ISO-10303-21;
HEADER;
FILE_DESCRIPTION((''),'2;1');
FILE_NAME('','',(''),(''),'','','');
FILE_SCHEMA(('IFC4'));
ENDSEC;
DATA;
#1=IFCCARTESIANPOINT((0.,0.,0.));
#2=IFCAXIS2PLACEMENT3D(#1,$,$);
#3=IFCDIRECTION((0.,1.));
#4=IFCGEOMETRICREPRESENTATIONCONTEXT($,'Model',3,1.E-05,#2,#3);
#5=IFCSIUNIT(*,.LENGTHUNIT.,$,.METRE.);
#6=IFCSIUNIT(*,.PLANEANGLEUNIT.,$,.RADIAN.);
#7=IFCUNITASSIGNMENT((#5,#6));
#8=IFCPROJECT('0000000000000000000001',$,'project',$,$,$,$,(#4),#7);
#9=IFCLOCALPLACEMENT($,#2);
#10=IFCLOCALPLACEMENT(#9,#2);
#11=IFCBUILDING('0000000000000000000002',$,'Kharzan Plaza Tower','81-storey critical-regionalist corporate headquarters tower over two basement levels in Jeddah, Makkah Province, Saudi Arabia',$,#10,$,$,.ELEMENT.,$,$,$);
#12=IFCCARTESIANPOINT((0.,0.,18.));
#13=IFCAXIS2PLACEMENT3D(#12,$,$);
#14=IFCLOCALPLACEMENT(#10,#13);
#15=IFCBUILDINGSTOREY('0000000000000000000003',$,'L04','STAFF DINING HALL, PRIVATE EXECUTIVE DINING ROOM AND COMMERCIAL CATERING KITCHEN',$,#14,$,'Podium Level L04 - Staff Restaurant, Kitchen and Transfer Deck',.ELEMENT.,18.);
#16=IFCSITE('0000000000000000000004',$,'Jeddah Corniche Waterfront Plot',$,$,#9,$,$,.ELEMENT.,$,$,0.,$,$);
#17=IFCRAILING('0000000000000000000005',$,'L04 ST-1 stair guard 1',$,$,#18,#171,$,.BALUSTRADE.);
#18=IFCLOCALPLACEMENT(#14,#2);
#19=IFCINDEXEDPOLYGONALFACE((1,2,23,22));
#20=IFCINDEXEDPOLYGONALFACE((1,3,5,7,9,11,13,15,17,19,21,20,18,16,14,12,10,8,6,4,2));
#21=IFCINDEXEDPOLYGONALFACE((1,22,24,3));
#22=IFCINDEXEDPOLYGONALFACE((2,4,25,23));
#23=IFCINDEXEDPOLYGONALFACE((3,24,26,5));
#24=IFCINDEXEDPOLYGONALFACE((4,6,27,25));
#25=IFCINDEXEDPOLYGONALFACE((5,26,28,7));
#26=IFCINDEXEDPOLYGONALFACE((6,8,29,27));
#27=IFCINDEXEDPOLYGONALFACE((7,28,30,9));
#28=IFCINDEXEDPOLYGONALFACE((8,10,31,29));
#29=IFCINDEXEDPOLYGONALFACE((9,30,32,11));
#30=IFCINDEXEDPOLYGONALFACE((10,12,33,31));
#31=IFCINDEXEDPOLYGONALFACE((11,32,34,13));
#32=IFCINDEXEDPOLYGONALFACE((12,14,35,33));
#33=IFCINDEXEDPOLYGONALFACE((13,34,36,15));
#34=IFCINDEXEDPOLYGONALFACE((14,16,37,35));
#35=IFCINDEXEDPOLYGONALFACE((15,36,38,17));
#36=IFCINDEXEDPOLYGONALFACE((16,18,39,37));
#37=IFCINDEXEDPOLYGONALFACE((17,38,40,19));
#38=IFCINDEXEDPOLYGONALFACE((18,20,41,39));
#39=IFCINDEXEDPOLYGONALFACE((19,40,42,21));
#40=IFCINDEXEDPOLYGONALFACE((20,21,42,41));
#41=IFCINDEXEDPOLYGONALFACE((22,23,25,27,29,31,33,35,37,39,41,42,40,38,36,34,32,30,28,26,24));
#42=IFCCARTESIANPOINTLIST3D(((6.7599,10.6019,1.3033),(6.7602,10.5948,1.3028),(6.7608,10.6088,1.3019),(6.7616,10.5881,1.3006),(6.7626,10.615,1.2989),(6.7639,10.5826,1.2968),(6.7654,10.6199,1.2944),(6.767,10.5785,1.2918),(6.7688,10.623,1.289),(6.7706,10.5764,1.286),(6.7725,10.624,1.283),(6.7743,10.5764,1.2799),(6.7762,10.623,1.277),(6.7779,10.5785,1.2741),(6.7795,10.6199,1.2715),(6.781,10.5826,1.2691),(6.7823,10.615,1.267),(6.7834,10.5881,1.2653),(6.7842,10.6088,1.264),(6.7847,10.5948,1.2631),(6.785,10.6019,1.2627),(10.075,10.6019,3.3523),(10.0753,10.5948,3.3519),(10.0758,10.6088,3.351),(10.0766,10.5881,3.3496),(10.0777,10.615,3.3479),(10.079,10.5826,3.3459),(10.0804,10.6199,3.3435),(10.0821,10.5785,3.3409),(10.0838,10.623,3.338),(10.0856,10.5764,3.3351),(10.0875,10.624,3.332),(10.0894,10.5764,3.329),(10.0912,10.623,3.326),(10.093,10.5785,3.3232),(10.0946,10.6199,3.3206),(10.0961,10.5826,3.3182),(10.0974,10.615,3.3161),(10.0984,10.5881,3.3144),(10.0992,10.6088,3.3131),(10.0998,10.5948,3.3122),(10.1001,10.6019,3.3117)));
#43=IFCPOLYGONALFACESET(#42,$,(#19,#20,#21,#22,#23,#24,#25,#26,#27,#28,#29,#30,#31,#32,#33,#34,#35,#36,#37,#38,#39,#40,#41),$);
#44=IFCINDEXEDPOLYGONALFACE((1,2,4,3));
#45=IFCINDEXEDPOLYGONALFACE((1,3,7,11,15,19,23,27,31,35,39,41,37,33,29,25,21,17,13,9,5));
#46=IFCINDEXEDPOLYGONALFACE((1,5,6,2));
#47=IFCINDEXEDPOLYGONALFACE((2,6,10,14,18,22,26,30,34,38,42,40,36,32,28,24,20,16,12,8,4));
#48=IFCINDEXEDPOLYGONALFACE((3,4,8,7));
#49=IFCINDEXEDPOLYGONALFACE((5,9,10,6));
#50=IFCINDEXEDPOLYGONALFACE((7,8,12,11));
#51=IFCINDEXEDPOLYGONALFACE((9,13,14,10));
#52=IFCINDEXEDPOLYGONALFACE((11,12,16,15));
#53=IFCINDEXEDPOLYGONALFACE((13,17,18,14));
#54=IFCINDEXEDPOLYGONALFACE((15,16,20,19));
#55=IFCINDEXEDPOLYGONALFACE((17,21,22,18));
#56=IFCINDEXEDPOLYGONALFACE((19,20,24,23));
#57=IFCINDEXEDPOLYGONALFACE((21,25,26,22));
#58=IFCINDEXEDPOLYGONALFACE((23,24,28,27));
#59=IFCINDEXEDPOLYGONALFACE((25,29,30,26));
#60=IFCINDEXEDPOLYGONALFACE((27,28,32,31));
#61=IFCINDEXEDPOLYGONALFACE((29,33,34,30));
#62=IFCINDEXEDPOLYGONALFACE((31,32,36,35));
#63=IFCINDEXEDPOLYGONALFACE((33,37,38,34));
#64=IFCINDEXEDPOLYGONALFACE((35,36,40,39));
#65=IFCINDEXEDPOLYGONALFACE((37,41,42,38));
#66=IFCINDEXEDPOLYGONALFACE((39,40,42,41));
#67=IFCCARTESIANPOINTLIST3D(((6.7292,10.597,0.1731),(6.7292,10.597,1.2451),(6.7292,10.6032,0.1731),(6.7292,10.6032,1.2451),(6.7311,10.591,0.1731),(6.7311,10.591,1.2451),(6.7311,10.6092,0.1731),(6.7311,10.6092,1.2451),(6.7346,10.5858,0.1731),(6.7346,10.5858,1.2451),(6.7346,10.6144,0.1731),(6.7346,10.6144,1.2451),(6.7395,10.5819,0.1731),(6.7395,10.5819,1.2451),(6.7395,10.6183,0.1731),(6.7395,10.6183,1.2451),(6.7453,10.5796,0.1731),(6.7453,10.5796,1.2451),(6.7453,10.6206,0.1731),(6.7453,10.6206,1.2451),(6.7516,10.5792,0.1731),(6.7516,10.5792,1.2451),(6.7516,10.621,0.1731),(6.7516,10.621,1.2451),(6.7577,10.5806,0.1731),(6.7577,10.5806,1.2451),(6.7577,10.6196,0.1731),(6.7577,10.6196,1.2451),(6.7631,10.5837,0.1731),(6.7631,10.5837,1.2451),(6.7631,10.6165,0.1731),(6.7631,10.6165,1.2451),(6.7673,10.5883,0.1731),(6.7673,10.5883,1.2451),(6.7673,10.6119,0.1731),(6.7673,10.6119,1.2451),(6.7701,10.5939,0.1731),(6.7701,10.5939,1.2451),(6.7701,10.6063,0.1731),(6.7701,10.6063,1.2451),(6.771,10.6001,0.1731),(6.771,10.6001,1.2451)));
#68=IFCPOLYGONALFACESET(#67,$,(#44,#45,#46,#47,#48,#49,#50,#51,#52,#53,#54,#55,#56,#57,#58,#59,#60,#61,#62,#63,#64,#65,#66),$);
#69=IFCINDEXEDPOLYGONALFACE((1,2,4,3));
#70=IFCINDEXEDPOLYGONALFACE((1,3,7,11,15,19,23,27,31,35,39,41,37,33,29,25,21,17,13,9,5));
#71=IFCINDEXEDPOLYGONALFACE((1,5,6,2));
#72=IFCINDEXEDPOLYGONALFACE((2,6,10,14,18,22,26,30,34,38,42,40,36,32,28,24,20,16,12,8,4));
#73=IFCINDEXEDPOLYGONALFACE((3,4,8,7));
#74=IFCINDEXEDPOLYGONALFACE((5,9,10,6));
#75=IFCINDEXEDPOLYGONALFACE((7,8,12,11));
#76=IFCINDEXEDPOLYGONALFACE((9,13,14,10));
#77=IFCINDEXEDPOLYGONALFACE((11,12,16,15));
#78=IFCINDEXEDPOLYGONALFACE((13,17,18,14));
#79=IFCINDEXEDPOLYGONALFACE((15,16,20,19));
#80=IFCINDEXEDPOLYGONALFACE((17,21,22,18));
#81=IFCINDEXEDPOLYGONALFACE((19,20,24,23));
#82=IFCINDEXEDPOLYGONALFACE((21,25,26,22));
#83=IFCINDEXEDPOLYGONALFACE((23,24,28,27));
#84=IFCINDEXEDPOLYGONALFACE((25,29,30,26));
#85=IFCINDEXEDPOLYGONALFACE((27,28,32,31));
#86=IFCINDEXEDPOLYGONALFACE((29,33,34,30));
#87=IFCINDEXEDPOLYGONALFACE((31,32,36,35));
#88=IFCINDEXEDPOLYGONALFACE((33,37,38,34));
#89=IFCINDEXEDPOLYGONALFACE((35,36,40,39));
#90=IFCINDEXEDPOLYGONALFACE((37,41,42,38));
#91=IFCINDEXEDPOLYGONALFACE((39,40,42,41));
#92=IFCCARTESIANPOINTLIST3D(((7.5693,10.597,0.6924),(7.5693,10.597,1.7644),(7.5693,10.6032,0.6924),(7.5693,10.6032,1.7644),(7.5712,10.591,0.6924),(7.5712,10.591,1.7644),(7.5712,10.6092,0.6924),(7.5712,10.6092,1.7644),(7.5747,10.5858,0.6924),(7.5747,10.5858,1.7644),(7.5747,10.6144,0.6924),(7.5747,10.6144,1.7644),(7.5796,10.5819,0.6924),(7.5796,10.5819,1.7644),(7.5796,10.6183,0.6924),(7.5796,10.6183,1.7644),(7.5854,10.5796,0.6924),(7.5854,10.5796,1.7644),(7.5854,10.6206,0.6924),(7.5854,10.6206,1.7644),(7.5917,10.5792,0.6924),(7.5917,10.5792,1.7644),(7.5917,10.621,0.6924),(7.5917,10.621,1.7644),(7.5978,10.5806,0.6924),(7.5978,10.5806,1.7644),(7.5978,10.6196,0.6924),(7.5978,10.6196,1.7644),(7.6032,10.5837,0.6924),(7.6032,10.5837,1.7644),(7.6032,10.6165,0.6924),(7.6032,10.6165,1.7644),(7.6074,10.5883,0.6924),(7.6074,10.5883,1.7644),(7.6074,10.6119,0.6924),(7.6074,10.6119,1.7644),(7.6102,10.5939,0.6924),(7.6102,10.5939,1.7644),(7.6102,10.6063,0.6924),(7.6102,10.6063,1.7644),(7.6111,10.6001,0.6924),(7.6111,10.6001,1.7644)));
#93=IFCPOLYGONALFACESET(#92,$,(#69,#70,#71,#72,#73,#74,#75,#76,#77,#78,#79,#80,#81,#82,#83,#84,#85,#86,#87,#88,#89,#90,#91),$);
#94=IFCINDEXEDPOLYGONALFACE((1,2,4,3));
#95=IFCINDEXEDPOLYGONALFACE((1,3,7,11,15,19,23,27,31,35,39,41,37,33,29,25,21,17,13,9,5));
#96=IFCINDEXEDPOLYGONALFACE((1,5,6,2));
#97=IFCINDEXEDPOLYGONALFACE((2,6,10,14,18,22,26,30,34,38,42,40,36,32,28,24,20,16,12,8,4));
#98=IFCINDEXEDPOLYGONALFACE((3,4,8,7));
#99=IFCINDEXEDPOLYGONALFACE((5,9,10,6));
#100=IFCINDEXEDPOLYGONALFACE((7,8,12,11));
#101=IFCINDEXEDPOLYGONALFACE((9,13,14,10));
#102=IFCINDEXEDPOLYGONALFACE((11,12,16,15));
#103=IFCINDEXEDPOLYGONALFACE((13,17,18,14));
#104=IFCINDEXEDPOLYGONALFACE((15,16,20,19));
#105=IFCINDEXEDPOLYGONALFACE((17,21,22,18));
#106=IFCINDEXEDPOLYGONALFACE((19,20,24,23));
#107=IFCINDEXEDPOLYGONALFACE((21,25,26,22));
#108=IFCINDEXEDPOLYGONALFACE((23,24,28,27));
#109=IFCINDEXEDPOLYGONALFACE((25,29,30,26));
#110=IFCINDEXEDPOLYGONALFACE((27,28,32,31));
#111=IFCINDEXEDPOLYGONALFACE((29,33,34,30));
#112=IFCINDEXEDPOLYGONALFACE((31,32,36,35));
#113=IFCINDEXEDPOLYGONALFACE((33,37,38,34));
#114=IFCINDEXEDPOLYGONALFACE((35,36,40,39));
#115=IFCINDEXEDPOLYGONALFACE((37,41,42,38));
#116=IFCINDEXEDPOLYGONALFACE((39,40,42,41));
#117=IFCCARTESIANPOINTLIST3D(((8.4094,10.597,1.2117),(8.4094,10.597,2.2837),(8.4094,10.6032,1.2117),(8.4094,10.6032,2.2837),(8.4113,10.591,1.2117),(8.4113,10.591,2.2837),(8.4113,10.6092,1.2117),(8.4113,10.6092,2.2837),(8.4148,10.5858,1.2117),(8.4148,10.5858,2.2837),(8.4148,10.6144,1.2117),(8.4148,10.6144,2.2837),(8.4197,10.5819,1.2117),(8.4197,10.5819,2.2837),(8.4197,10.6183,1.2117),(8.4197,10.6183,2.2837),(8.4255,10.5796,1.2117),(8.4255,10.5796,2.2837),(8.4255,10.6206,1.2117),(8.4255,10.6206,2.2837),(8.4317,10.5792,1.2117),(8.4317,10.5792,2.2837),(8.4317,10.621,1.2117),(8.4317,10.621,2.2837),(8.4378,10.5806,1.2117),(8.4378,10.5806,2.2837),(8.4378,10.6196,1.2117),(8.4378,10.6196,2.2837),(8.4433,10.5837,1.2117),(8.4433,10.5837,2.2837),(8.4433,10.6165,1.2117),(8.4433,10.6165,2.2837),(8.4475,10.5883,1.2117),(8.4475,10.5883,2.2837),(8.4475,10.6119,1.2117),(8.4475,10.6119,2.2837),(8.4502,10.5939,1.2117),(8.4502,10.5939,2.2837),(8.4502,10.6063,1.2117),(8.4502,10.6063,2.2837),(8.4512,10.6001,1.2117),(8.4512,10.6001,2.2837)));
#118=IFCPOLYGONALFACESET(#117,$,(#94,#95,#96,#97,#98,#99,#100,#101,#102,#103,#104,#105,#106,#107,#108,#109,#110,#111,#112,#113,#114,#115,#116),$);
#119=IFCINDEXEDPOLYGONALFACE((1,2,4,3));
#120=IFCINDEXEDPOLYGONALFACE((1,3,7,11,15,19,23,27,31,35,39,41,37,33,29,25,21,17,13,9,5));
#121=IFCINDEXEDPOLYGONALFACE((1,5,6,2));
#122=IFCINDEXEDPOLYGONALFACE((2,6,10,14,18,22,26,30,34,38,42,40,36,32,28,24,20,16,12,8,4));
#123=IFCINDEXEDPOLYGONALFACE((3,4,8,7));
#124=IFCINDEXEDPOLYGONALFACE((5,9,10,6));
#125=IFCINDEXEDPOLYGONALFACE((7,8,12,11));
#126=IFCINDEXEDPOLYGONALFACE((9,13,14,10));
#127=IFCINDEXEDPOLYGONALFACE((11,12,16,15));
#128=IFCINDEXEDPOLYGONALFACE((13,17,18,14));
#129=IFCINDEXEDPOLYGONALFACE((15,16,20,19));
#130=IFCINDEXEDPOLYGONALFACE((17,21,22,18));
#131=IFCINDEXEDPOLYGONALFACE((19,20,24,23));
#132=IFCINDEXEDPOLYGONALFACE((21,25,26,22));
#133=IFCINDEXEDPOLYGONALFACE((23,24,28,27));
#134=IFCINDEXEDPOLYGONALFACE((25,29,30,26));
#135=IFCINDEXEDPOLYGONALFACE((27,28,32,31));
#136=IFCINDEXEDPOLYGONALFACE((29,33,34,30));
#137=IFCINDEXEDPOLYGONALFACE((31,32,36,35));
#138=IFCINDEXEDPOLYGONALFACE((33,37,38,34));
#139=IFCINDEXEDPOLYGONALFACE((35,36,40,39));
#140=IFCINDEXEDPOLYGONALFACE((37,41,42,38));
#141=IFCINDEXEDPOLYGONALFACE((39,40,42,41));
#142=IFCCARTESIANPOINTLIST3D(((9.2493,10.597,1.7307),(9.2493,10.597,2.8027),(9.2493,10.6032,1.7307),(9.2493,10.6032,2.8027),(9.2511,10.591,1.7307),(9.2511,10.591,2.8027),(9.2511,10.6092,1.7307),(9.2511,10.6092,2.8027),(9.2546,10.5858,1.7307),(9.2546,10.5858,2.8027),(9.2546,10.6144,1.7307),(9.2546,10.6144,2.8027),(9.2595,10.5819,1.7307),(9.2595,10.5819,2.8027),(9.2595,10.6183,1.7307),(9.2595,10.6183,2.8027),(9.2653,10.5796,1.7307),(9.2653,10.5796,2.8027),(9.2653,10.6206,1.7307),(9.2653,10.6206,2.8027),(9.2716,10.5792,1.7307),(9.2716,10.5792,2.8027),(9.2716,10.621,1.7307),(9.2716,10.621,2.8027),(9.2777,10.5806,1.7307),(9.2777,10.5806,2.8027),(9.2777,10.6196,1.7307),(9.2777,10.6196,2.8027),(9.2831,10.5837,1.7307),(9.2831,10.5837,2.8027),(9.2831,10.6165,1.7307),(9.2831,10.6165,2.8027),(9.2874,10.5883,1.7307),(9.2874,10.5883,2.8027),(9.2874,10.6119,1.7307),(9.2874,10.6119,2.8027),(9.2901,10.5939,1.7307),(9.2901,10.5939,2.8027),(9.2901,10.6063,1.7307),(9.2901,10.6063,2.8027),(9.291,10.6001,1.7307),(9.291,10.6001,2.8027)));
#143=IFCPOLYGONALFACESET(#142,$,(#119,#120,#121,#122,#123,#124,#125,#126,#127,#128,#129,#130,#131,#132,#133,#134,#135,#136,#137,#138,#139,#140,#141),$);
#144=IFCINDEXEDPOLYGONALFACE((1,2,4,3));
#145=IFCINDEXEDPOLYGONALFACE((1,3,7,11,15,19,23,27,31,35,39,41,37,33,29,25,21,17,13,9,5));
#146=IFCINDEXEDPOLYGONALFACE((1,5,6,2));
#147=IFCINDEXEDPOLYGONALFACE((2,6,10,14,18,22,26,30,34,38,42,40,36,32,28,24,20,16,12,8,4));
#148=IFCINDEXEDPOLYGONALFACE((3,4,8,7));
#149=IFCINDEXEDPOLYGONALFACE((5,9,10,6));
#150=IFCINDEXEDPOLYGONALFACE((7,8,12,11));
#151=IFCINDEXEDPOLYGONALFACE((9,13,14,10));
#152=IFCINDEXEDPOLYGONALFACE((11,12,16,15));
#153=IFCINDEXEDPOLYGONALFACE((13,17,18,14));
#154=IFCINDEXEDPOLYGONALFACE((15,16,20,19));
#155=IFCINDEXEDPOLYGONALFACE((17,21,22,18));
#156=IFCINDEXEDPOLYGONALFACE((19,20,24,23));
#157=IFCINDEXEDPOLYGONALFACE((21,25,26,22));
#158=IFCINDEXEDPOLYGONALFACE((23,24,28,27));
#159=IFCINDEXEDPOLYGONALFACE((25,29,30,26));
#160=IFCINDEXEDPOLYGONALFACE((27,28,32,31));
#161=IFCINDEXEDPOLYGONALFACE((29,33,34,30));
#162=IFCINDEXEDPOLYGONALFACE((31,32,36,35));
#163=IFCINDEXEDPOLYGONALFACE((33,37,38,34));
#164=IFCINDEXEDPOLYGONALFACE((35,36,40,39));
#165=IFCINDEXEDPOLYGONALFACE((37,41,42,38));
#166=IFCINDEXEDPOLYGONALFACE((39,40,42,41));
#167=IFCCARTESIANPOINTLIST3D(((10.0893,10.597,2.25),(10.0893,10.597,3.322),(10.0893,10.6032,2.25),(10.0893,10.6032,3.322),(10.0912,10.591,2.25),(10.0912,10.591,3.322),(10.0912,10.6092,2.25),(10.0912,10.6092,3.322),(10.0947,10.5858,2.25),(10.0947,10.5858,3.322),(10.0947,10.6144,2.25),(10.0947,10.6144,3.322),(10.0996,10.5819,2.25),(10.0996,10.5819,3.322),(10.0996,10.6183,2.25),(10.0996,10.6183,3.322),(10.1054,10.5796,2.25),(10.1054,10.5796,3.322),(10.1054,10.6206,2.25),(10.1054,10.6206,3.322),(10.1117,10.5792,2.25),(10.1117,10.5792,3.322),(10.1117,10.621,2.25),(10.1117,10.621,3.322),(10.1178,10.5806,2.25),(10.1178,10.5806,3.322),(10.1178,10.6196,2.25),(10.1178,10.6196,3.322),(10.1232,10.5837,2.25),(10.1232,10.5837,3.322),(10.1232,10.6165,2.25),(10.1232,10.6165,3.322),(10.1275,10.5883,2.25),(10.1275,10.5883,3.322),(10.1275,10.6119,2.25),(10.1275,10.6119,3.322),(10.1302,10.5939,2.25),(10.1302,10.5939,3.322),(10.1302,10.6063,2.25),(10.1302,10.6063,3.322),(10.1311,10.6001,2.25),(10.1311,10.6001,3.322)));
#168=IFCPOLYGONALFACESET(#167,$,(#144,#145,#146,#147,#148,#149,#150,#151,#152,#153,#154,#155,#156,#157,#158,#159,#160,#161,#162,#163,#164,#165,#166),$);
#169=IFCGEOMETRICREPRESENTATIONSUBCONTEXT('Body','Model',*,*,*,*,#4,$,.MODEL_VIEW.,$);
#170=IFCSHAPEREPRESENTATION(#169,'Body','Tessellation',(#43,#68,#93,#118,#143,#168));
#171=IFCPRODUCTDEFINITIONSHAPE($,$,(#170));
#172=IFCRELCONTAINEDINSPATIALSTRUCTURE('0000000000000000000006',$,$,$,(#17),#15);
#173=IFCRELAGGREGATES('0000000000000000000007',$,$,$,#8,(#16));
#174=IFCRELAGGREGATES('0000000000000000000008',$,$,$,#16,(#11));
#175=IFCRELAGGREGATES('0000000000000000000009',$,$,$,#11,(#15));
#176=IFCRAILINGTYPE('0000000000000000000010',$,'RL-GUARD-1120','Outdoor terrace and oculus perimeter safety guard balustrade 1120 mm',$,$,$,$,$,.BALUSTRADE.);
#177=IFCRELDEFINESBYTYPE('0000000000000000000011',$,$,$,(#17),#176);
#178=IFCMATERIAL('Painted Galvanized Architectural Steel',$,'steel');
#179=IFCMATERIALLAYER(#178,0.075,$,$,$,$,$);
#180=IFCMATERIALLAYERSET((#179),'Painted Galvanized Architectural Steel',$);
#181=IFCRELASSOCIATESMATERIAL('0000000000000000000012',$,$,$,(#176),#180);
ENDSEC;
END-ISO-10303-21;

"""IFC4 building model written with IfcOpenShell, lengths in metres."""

from ifc_helpers import new_model, si_unit, direction, frame, origin, origin_2d, place, context, subcontext, project, spatial, circle, extrude, source, transform, mapped, material, layer, layer_set, type_object, element, save


model = new_model("IFC4")

# Units and contexts
model_context = context("Model", 3, precision=1e-05, world=origin(), true_north=direction((0.0, 1.0)))
body_context = subcontext(model_context, "Body", "Model", "MODEL_VIEW")
ifc_project = project(units=[si_unit("LENGTHUNIT", "METRE"), si_unit("PLANEANGLEUNIT", "RADIAN")], contexts=[model_context])

# Site, building, storey
site_placement = place(None, origin())
site = spatial("IfcSite", under=ifc_project, at=site_placement, Name="Jeddah Corniche Waterfront Plot", CompositionType="ELEMENT", RefElevation=0.0)
building_placement = place(site_placement, origin())
building = spatial("IfcBuilding", under=site, at=building_placement, Name="Kharzan Plaza Tower", Description="81-storey critical-regionalist corporate headquarters tower over two basement levels in Jeddah, Makkah Province, Saudi Arabia", CompositionType="ELEMENT")
storey_placement = place(building_placement, frame((0.0, 0.0, 18.0)))
storey = spatial("IfcBuildingStorey", under=building, at=storey_placement, Name="L04", Description="STAFF DINING HALL, PRIVATE EXECUTIVE DINING ROOM AND COMMERCIAL CATERING KITCHEN", LongName="Podium Level L04 - Staff Restaurant, Kitchen and Transfer Deck", CompositionType="ELEMENT", Elevation=18.0)

# Railing
ifc_material_1 = material(Name="Painted Galvanized Architectural Steel", Category="steel")
ifc_layer_1 = layer(ifc_material_1, 0.075)
ifc_layer_set_1 = layer_set([ifc_layer_1], Name="Painted Galvanized Architectural Steel")
railing_type_1 = type_object("IfcRailingType", Name="RL-GUARD-1120", Description="Outdoor terrace and oculus perimeter safety guard balustrade 1120 mm", PredefinedType="BALUSTRADE", material=ifc_layer_set_1)
shared_shape_1 = source(origin(), body_context, "Body", "SweptSolid", [
    extrude(circle(Radius=0.0239, at=origin_2d()), frame((0.0225, 0.0, 1.1099), z_axis=(0.850623, 0.0, 0.525776), x_axis=(0.0, 1.0, 0.0)), (0.0, 0.0, 1.0), 3.8972),
    extrude(circle(Radius=0.021, at=origin_2d()), origin(), (0.0, 0.0, 1.0), 1.072),
    extrude(circle(Radius=0.021, at=origin_2d()), frame((0.8401, 0.0, 0.5193)), (0.0, 0.0, 1.0), 1.072),
    extrude(circle(Radius=0.021, at=origin_2d()), frame((1.6802, 0.0, 1.0386)), (0.0, 0.0, 1.0), 1.072),
    extrude(circle(Radius=0.021, at=origin_2d()), frame((2.52, 0.0, 1.5576)), (0.0, 0.0, 1.0), 1.072),
    extrude(circle(Radius=0.021, at=origin_2d()), frame((3.3601, 0.0, 2.0769)), (0.0, 0.0, 1.0), 1.072),
])
railing_1_placement = place(storey_placement, frame((6.75, 10.6001, 0.1731)))
element("IfcRailing", 1, at=railing_1_placement, inside=storey, type_object=railing_type_1, Name="L04 ST-1 stair guard 1", PredefinedType="BALUSTRADE", context=body_context, shape_type="MappedRepresentation", body=[
    mapped(shared_shape_1, transform((0.0, 0.0, 0.0), x_axis=(1.0, 0.0, 0.0), y_axis=(0.0, 1.0, 0.0), z_axis=(0.0, 0.0, 1.0))),
])

save(model, "model.ifc")
